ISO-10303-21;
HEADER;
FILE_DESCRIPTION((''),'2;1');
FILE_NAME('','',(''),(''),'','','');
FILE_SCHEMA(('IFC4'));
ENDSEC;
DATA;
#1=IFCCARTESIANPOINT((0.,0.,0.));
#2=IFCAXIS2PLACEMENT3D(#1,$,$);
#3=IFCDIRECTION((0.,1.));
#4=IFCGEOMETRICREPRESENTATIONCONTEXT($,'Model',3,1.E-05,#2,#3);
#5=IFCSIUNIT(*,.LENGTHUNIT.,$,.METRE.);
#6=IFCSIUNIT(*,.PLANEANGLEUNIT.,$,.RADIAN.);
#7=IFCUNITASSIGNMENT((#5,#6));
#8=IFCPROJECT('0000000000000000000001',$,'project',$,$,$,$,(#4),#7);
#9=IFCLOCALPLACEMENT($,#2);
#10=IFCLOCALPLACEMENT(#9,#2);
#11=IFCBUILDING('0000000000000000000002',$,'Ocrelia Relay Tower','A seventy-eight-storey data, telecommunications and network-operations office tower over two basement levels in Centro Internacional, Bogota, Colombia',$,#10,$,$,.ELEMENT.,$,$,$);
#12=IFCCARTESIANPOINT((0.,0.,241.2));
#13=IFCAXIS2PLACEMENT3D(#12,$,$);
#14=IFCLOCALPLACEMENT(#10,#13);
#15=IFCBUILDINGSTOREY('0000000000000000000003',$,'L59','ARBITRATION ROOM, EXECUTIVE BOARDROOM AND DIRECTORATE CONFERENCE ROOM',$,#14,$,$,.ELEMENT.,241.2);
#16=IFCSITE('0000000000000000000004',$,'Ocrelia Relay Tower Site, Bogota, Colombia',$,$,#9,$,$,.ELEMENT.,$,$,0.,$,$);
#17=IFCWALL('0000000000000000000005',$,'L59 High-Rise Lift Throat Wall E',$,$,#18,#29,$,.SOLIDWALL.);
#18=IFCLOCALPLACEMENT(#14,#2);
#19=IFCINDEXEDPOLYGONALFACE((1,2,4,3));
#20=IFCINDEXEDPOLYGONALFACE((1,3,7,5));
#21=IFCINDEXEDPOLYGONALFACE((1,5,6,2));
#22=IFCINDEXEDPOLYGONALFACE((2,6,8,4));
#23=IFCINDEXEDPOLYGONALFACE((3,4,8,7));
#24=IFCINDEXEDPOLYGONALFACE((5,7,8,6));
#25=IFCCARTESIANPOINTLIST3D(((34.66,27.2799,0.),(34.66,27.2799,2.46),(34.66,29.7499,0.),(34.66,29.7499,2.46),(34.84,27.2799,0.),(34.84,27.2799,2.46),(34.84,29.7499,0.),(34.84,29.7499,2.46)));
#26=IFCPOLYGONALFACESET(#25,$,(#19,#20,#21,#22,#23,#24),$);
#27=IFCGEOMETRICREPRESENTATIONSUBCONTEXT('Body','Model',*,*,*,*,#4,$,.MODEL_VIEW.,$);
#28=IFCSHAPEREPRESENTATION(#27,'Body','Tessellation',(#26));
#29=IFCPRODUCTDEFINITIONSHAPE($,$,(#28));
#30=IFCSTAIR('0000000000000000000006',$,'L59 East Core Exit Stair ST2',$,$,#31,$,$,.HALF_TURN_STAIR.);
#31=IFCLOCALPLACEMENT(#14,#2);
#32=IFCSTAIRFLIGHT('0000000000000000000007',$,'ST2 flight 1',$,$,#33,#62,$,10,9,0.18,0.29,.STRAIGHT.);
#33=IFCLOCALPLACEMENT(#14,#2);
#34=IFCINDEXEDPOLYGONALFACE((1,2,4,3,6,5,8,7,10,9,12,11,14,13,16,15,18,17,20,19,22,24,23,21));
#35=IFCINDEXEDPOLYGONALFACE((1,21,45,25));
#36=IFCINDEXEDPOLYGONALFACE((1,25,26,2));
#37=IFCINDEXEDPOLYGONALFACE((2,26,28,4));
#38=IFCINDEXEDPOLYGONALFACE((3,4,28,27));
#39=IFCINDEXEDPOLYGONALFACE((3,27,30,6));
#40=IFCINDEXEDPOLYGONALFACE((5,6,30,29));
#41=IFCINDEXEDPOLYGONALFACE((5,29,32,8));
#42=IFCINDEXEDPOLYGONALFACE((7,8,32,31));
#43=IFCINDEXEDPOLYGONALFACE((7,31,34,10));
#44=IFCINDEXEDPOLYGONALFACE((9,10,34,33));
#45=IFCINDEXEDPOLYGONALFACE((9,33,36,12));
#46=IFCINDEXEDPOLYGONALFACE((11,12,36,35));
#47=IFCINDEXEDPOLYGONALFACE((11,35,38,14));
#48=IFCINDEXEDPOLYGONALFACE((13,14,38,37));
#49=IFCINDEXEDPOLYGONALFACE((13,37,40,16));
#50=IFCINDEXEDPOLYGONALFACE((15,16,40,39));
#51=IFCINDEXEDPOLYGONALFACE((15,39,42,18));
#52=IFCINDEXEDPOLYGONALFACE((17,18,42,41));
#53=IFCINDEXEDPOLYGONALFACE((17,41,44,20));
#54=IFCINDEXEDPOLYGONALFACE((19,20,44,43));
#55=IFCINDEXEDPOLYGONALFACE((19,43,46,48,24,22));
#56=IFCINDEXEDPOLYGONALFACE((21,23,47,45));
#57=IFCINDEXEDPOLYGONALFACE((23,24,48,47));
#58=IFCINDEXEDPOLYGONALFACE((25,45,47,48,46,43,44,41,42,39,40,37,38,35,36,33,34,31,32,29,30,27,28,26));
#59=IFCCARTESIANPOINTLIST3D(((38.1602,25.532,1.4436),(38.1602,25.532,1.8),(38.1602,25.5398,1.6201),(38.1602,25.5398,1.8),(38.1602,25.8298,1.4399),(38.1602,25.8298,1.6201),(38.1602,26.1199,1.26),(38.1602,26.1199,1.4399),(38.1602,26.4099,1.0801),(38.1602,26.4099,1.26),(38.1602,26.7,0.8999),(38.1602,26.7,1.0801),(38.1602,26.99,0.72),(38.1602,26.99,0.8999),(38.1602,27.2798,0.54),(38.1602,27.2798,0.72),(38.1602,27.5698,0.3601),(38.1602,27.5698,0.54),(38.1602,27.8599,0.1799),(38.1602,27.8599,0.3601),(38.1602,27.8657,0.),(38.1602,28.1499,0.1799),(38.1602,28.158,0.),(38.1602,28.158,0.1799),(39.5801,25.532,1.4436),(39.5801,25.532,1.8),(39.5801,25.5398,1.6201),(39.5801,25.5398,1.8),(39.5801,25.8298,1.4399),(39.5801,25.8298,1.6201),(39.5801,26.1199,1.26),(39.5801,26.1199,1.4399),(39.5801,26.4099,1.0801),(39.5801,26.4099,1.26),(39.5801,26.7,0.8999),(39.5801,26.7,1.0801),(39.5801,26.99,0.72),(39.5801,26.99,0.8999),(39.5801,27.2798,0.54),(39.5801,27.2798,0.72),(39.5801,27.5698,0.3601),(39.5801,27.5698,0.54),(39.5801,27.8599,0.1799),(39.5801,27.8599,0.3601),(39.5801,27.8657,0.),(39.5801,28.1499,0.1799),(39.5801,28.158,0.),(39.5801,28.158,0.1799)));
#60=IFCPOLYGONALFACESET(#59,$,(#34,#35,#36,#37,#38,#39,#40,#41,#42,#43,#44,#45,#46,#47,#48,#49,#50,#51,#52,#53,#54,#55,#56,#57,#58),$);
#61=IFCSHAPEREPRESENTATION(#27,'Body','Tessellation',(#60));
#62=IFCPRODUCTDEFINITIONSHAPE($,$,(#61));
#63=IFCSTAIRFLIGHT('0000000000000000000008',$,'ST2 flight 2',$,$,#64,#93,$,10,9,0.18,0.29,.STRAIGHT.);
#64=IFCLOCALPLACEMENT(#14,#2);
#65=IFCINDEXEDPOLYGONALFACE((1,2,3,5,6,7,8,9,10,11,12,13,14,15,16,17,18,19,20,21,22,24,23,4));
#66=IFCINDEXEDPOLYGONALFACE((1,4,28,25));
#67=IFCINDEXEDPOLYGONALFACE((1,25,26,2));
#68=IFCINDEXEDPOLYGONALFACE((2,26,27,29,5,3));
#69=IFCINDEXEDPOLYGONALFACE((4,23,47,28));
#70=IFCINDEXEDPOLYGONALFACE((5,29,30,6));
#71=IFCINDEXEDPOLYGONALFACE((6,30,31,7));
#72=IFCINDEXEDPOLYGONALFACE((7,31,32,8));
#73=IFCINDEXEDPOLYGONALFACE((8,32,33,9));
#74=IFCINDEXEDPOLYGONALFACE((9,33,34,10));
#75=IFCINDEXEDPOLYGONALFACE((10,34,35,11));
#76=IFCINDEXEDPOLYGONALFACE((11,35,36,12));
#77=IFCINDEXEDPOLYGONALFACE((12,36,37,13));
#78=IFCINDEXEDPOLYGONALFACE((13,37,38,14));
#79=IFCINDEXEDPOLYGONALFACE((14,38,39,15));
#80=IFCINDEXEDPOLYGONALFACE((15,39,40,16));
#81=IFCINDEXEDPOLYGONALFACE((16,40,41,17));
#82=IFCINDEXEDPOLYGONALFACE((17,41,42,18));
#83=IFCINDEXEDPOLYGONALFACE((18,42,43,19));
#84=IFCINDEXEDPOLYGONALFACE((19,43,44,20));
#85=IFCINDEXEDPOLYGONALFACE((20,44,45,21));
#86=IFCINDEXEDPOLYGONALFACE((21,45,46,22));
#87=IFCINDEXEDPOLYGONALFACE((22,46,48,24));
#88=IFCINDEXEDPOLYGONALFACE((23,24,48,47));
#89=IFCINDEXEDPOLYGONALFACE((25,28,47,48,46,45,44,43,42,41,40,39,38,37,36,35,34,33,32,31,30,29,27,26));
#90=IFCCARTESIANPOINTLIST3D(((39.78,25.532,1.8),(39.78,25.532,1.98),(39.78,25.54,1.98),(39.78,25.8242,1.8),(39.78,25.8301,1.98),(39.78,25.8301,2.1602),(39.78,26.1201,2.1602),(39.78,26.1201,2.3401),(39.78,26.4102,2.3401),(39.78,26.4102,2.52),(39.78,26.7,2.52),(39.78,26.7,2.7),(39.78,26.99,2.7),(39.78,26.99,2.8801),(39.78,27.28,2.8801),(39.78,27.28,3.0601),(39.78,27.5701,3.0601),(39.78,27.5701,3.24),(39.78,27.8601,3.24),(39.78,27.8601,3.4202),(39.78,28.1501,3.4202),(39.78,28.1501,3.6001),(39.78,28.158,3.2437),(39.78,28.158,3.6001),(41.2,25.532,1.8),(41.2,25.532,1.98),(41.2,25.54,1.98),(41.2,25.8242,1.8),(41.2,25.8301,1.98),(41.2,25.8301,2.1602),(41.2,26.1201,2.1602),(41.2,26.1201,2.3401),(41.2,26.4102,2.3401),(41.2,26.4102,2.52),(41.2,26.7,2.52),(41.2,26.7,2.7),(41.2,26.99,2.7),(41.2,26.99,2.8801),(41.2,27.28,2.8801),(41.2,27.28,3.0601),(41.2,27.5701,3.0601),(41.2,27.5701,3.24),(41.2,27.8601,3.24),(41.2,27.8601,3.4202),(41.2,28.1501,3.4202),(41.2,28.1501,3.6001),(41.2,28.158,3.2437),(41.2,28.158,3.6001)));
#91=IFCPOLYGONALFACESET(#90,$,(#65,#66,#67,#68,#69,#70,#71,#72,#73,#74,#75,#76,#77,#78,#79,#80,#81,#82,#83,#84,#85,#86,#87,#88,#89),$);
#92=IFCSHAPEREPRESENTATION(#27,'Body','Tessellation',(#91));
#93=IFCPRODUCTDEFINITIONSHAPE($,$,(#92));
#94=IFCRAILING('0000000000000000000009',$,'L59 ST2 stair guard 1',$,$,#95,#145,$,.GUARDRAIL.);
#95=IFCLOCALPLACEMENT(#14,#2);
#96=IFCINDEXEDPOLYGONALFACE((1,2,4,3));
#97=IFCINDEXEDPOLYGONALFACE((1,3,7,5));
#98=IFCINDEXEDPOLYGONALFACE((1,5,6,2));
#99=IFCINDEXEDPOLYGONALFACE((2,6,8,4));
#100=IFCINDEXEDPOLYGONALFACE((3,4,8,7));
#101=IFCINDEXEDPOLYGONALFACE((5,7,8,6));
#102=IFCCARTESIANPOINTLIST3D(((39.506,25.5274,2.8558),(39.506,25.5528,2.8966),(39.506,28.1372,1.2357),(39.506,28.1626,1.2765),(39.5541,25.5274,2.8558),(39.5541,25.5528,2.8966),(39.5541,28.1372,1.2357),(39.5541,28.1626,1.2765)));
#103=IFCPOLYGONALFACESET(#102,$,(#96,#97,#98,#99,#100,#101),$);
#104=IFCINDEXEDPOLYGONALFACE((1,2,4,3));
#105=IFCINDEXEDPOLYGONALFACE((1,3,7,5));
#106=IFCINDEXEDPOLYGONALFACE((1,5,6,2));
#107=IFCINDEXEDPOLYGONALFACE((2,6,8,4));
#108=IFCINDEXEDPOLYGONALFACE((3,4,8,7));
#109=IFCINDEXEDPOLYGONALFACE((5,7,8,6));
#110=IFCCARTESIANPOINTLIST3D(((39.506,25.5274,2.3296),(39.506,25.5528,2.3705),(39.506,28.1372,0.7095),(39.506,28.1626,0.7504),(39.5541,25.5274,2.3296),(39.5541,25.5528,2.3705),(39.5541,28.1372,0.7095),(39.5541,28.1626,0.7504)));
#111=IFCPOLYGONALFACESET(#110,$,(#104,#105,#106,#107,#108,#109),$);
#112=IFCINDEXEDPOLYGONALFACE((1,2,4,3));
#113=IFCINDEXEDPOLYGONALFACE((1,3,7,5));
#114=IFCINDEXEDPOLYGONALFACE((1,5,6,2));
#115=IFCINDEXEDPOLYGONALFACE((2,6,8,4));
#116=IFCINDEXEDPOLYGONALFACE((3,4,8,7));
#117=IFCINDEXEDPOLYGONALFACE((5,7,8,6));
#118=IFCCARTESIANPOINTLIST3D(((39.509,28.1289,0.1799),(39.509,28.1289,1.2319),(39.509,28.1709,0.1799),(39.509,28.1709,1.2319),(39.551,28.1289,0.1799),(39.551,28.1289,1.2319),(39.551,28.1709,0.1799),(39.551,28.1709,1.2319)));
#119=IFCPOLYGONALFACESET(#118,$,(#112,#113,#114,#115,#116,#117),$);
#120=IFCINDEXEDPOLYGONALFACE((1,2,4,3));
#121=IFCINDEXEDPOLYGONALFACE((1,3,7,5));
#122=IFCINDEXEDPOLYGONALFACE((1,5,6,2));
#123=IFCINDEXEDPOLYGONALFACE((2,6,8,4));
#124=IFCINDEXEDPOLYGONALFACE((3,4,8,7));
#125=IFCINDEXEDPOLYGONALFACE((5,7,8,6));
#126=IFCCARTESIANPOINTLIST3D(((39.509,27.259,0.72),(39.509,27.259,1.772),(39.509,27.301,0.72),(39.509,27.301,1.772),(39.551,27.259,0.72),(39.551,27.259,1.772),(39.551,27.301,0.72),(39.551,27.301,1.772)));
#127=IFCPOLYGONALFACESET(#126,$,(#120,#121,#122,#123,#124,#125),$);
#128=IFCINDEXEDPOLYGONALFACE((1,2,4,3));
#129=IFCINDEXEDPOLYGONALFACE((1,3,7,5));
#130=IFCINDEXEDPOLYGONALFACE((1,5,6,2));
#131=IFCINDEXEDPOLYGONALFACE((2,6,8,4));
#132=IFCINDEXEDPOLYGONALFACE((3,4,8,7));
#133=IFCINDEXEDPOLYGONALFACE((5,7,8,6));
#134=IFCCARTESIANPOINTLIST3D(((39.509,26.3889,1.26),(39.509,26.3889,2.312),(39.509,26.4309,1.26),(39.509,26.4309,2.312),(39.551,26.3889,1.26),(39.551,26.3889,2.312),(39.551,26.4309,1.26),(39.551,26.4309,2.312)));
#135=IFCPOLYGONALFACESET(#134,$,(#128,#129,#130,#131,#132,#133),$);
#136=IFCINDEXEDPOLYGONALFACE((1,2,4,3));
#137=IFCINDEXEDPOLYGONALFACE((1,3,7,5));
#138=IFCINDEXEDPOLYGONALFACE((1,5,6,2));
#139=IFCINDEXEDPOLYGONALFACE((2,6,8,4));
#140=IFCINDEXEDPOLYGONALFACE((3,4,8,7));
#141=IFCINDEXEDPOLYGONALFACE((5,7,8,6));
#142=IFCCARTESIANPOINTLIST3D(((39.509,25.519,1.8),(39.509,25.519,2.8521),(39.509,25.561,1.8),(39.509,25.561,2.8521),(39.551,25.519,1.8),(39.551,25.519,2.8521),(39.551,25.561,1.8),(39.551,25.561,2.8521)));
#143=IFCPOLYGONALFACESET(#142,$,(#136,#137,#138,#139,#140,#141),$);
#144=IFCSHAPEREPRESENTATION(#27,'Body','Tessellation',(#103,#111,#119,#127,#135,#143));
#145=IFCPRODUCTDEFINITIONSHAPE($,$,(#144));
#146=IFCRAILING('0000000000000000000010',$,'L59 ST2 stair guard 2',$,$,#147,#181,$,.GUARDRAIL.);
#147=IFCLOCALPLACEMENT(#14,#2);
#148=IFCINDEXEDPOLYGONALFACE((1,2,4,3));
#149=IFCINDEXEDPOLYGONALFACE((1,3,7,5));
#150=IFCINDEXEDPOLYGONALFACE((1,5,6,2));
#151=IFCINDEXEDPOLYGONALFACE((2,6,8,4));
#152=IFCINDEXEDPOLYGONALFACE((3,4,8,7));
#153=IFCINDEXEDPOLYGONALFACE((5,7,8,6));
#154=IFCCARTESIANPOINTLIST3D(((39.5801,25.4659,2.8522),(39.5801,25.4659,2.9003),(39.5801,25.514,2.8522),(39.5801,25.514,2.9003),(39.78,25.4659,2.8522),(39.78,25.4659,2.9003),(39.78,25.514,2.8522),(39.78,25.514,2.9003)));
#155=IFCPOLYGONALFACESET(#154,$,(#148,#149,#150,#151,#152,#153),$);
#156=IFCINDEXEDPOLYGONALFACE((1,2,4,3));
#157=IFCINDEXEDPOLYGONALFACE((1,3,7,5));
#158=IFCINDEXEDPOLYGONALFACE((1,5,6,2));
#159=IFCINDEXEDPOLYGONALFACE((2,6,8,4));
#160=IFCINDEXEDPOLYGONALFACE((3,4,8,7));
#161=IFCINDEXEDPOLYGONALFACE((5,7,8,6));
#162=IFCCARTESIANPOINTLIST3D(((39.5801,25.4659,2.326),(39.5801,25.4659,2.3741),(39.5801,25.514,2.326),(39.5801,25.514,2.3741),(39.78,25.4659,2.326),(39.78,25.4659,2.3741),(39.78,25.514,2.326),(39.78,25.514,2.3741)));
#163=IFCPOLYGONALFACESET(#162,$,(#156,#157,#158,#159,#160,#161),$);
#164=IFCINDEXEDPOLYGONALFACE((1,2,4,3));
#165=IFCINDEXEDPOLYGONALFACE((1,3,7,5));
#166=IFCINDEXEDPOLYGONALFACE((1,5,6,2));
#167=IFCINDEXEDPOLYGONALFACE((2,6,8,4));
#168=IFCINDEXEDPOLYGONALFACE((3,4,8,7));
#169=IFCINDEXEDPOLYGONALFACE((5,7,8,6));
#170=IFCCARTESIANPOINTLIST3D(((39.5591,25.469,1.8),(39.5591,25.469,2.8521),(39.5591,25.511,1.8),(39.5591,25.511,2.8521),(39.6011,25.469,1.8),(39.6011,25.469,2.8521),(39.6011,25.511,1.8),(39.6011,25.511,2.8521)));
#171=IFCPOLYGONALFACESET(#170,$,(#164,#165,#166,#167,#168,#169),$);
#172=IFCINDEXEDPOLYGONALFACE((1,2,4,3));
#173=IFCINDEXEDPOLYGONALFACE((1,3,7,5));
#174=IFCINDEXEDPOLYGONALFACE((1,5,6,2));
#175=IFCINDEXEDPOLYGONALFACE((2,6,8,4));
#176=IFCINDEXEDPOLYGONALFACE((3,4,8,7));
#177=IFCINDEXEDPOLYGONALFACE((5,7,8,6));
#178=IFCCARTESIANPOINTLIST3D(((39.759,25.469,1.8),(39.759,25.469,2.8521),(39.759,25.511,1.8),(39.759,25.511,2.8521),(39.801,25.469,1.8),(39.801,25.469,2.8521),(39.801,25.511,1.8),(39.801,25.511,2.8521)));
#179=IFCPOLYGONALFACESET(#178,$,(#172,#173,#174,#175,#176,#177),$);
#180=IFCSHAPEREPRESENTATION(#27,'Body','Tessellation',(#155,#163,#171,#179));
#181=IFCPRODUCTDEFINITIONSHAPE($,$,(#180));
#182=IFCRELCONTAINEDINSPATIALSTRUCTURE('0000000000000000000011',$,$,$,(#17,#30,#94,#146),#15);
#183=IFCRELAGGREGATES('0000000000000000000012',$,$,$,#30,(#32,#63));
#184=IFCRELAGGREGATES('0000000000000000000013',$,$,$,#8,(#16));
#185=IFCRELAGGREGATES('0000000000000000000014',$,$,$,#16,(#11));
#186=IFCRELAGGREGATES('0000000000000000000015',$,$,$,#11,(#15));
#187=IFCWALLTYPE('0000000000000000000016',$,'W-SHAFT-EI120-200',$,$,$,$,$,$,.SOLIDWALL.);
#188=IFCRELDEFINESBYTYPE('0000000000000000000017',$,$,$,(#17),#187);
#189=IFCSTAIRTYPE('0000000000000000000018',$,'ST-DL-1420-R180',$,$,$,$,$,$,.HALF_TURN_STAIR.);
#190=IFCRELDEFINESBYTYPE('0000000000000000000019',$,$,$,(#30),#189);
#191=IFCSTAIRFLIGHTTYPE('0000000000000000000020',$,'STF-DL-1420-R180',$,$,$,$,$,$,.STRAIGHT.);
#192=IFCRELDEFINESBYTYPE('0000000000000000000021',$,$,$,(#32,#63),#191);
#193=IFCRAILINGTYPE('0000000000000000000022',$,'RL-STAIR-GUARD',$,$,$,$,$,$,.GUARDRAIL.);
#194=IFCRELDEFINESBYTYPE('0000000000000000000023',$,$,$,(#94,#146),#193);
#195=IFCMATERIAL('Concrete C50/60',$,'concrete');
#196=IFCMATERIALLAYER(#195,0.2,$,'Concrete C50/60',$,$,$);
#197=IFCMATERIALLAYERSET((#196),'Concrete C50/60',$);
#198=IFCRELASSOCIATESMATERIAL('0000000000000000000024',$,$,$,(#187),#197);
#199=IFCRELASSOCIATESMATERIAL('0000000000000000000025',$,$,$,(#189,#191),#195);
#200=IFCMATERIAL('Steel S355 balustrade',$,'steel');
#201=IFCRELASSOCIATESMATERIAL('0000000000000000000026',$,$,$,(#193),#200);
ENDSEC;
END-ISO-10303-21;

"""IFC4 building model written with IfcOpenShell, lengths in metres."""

from ifc_helpers import new_model, si_unit, direction, frame, frame_2d, origin, origin_2d, place, context, subcontext, project, spatial, polyline, rectangle, outline, extrude, material, layer, layer_set, type_object, element, aggregate, save


model = new_model("IFC4")

# Units and contexts
model_context = context("Model", 3, precision=1e-05, world=origin(), true_north=direction((0.0, 1.0)))
body_context = subcontext(model_context, "Body", "Model", "MODEL_VIEW")
ifc_project = project(units=[si_unit("LENGTHUNIT", "METRE"), si_unit("PLANEANGLEUNIT", "RADIAN")], contexts=[model_context])

# Site, building, storey
site_placement = place(None, origin())
site = spatial("IfcSite", under=ifc_project, at=site_placement, Name="Ocrelia Relay Tower Site, Bogota, Colombia", CompositionType="ELEMENT", RefElevation=0.0)
building_placement = place(site_placement, origin())
building = spatial("IfcBuilding", under=site, at=building_placement, Name="Ocrelia Relay Tower", Description="A seventy-eight-storey data, telecommunications and network-operations office tower over two basement levels in Centro Internacional, Bogota, Colombia", CompositionType="ELEMENT")
storey_placement = place(building_placement, frame((0.0, 0.0, 241.2)))
storey = spatial("IfcBuildingStorey", under=building, at=storey_placement, Name="L59", Description="ARBITRATION ROOM, EXECUTIVE BOARDROOM AND DIRECTORATE CONFERENCE ROOM", CompositionType="ELEMENT", Elevation=241.2)

# Shared definitions
ifc_material_1 = material(Name="Concrete C50/60", Category="concrete")
ifc_layer_1 = layer(ifc_material_1, 0.2, Name="Concrete C50/60")
ifc_layer_set_1 = layer_set([ifc_layer_1], Name="Concrete C50/60")
wall_type_1 = type_object("IfcWallType", Name="W-SHAFT-EI120-200", PredefinedType="SOLIDWALL", material=ifc_layer_set_1)

# Wall
wall_1_placement = place(storey_placement, frame((34.75, 27.28, 0.0), z_axis=(0.0, 0.0, 1.0), x_axis=(0.0, 1.0, 0.0)))
element("IfcWall", 1, at=wall_1_placement, inside=storey, type_object=wall_type_1, Name="L59 High-Rise Lift Throat Wall E", PredefinedType="SOLIDWALL", context=body_context, shape_type="SweptSolid", body=[
    extrude(rectangle(XDim=2.47, YDim=0.1799, at=frame_2d((1.2349, 0.0))), origin(), (0.0, 0.0, 1.0), 2.46),
])

# Stair, stair flights
stair_type = type_object("IfcStairType", Name="ST-DL-1420-R180", PredefinedType="HALF_TURN_STAIR", material=ifc_material_1)
stair_placement = place(storey_placement, origin())
stair = element("IfcStair", 2, at=stair_placement, inside=storey, type_object=stair_type, Name="L59 East Core Exit Stair ST2", PredefinedType="HALF_TURN_STAIR")
stair_flight_type = type_object("IfcStairFlightType", Name="STF-DL-1420-R180", PredefinedType="STRAIGHT", material=ifc_material_1)
stair_flight_1_placement = place(storey_placement, frame((38.8701, 28.1499, 0.0), z_axis=(0.0, 0.0, 1.0), x_axis=(0.0, -1.0, 0.0)))
stair_flight_1 = element("IfcStairFlight", 3, at=stair_flight_1_placement, type_object=stair_flight_type, Name="ST2 flight 1", NumberOfRisers=10, NumberOfTreads=9, PredefinedType="STRAIGHT", RiserHeight=0.18, TreadLength=0.29, context=body_context, shape_type="SweptSolid", body=[
    extrude(outline(polyline([(-0.0081, 0.0), (-0.0081, 0.1799), (0.0, 0.1799), (0.29, 0.1799), (0.29, 0.3601), (0.5801, 0.3601), (0.5801, 0.54), (0.8701, 0.54), (0.8701, 0.72), (1.1599, 0.72), (1.1599, 0.8999), (1.45, 0.8999), (1.45, 1.0801), (1.74, 1.0801), (1.74, 1.26), (2.03, 1.26), (2.03, 1.4399), (2.3201, 1.4399), (2.3201, 1.6201), (2.6101, 1.6201), (2.6101, 1.8), (2.6179, 1.8), (2.6179, 1.4436), (0.2842, 0.0), (-0.0081, 0.0)])), frame((0.0, 0.71, 0.0), z_axis=(0.0, -1.0, 0.0), x_axis=(1.0, 0.0, 0.0)), (0.0, 0.0, 1.0), 1.4199),
])
stair_flight_2_placement = place(storey_placement, frame((40.49, 25.54, 1.8), z_axis=(0.0, 0.0, 1.0), x_axis=(0.0, 1.0, 0.0)))
stair_flight_2 = element("IfcStairFlight", 4, at=stair_flight_2_placement, type_object=stair_flight_type, Name="ST2 flight 2", NumberOfRisers=10, NumberOfTreads=9, PredefinedType="STRAIGHT", RiserHeight=0.18, TreadLength=0.29, context=body_context, shape_type="SweptSolid", body=[
    extrude(outline(polyline([(-0.0081, 0.0), (-0.0081, 0.1799), (0.0, 0.1799), (0.29, 0.1799), (0.29, 0.3601), (0.5801, 0.3601), (0.5801, 0.54), (0.8701, 0.54), (0.8701, 0.72), (1.1599, 0.72), (1.1599, 0.8999), (1.45, 0.8999), (1.45, 1.0801), (1.74, 1.0801), (1.74, 1.26), (2.03, 1.26), (2.03, 1.4399), (2.3201, 1.4399), (2.3201, 1.6201), (2.6101, 1.6201), (2.6101, 1.8), (2.6179, 1.8), (2.6179, 1.4436), (0.2842, 0.0), (-0.0081, 0.0)])), frame((0.0, 0.71, 0.0), z_axis=(0.0, -1.0, 0.0), x_axis=(1.0, 0.0, 0.0)), (0.0, 0.0, 1.0), 1.4199),
])
aggregate(stair, [stair_flight_1, stair_flight_2])

# Railings
ifc_material_2 = material(Name="Steel S355 balustrade", Category="steel")
railing_type_1 = type_object("IfcRailingType", Name="RL-STAIR-GUARD", PredefinedType="GUARDRAIL", material=ifc_material_2)
railing_1_placement = place(storey_placement, frame((39.53, 28.1499, 0.1799)))
element("IfcRailing", 5, at=railing_1_placement, inside=storey, type_object=railing_type_1, Name="L59 ST2 stair guard 1", PredefinedType="GUARDRAIL", context=body_context, shape_type="SweptSolid", body=[
    extrude(rectangle(XDim=0.0481, YDim=0.0481, at=origin_2d()), frame((0.0, 0.0, 1.0762), z_axis=(0.0, -0.849611, 0.52741), x_axis=(1.0, 0.0, 0.0)), (0.0, 0.0, 1.0), 3.0718),
    extrude(rectangle(XDim=0.0481, YDim=0.0481, at=origin_2d()), frame((0.0, 0.0, 0.55), z_axis=(0.0, -0.849611, 0.52741), x_axis=(1.0, 0.0, 0.0)), (0.0, 0.0, 1.0), 3.0718),
    extrude(rectangle(XDim=0.042, YDim=0.042, at=origin_2d()), origin(), (0.0, 0.0, 1.0), 1.052),
    extrude(rectangle(XDim=0.042, YDim=0.042, at=origin_2d()), frame((0.0, -0.8699, 0.54)), (0.0, 0.0, 1.0), 1.052),
    extrude(rectangle(XDim=0.042, YDim=0.042, at=origin_2d()), frame((0.0, -1.74, 1.0801)), (0.0, 0.0, 1.0), 1.052),
    extrude(rectangle(XDim=0.042, YDim=0.042, at=origin_2d()), frame((0.0, -2.6099, 1.6201)), (0.0, 0.0, 1.0), 1.052),
])
railing_2_placement = place(storey_placement, frame((39.5801, 25.49, 1.8)))
element("IfcRailing", 6, at=railing_2_placement, inside=storey, type_object=railing_type_1, Name="L59 ST2 stair guard 2", PredefinedType="GUARDRAIL", context=body_context, shape_type="SweptSolid", body=[
    extrude(rectangle(XDim=0.0481, YDim=0.0481, at=origin_2d()), frame((0.0, 0.0, 1.0762), z_axis=(1.0, 0.0, 0.0), x_axis=(0.0, 1.0, 0.0)), (0.0, 0.0, 1.0), 0.2),
    extrude(rectangle(XDim=0.0481, YDim=0.0481, at=origin_2d()), frame((0.0, 0.0, 0.55), z_axis=(1.0, 0.0, 0.0), x_axis=(0.0, 1.0, 0.0)), (0.0, 0.0, 1.0), 0.2),
    extrude(rectangle(XDim=0.042, YDim=0.042, at=origin_2d()), origin(), (0.0, 0.0, 1.0), 1.052),
    extrude(rectangle(XDim=0.042, YDim=0.042, at=origin_2d()), frame((0.2, 0.0, 0.0)), (0.0, 0.0, 1.0), 1.052),
])

save(model, "model.ifc")
